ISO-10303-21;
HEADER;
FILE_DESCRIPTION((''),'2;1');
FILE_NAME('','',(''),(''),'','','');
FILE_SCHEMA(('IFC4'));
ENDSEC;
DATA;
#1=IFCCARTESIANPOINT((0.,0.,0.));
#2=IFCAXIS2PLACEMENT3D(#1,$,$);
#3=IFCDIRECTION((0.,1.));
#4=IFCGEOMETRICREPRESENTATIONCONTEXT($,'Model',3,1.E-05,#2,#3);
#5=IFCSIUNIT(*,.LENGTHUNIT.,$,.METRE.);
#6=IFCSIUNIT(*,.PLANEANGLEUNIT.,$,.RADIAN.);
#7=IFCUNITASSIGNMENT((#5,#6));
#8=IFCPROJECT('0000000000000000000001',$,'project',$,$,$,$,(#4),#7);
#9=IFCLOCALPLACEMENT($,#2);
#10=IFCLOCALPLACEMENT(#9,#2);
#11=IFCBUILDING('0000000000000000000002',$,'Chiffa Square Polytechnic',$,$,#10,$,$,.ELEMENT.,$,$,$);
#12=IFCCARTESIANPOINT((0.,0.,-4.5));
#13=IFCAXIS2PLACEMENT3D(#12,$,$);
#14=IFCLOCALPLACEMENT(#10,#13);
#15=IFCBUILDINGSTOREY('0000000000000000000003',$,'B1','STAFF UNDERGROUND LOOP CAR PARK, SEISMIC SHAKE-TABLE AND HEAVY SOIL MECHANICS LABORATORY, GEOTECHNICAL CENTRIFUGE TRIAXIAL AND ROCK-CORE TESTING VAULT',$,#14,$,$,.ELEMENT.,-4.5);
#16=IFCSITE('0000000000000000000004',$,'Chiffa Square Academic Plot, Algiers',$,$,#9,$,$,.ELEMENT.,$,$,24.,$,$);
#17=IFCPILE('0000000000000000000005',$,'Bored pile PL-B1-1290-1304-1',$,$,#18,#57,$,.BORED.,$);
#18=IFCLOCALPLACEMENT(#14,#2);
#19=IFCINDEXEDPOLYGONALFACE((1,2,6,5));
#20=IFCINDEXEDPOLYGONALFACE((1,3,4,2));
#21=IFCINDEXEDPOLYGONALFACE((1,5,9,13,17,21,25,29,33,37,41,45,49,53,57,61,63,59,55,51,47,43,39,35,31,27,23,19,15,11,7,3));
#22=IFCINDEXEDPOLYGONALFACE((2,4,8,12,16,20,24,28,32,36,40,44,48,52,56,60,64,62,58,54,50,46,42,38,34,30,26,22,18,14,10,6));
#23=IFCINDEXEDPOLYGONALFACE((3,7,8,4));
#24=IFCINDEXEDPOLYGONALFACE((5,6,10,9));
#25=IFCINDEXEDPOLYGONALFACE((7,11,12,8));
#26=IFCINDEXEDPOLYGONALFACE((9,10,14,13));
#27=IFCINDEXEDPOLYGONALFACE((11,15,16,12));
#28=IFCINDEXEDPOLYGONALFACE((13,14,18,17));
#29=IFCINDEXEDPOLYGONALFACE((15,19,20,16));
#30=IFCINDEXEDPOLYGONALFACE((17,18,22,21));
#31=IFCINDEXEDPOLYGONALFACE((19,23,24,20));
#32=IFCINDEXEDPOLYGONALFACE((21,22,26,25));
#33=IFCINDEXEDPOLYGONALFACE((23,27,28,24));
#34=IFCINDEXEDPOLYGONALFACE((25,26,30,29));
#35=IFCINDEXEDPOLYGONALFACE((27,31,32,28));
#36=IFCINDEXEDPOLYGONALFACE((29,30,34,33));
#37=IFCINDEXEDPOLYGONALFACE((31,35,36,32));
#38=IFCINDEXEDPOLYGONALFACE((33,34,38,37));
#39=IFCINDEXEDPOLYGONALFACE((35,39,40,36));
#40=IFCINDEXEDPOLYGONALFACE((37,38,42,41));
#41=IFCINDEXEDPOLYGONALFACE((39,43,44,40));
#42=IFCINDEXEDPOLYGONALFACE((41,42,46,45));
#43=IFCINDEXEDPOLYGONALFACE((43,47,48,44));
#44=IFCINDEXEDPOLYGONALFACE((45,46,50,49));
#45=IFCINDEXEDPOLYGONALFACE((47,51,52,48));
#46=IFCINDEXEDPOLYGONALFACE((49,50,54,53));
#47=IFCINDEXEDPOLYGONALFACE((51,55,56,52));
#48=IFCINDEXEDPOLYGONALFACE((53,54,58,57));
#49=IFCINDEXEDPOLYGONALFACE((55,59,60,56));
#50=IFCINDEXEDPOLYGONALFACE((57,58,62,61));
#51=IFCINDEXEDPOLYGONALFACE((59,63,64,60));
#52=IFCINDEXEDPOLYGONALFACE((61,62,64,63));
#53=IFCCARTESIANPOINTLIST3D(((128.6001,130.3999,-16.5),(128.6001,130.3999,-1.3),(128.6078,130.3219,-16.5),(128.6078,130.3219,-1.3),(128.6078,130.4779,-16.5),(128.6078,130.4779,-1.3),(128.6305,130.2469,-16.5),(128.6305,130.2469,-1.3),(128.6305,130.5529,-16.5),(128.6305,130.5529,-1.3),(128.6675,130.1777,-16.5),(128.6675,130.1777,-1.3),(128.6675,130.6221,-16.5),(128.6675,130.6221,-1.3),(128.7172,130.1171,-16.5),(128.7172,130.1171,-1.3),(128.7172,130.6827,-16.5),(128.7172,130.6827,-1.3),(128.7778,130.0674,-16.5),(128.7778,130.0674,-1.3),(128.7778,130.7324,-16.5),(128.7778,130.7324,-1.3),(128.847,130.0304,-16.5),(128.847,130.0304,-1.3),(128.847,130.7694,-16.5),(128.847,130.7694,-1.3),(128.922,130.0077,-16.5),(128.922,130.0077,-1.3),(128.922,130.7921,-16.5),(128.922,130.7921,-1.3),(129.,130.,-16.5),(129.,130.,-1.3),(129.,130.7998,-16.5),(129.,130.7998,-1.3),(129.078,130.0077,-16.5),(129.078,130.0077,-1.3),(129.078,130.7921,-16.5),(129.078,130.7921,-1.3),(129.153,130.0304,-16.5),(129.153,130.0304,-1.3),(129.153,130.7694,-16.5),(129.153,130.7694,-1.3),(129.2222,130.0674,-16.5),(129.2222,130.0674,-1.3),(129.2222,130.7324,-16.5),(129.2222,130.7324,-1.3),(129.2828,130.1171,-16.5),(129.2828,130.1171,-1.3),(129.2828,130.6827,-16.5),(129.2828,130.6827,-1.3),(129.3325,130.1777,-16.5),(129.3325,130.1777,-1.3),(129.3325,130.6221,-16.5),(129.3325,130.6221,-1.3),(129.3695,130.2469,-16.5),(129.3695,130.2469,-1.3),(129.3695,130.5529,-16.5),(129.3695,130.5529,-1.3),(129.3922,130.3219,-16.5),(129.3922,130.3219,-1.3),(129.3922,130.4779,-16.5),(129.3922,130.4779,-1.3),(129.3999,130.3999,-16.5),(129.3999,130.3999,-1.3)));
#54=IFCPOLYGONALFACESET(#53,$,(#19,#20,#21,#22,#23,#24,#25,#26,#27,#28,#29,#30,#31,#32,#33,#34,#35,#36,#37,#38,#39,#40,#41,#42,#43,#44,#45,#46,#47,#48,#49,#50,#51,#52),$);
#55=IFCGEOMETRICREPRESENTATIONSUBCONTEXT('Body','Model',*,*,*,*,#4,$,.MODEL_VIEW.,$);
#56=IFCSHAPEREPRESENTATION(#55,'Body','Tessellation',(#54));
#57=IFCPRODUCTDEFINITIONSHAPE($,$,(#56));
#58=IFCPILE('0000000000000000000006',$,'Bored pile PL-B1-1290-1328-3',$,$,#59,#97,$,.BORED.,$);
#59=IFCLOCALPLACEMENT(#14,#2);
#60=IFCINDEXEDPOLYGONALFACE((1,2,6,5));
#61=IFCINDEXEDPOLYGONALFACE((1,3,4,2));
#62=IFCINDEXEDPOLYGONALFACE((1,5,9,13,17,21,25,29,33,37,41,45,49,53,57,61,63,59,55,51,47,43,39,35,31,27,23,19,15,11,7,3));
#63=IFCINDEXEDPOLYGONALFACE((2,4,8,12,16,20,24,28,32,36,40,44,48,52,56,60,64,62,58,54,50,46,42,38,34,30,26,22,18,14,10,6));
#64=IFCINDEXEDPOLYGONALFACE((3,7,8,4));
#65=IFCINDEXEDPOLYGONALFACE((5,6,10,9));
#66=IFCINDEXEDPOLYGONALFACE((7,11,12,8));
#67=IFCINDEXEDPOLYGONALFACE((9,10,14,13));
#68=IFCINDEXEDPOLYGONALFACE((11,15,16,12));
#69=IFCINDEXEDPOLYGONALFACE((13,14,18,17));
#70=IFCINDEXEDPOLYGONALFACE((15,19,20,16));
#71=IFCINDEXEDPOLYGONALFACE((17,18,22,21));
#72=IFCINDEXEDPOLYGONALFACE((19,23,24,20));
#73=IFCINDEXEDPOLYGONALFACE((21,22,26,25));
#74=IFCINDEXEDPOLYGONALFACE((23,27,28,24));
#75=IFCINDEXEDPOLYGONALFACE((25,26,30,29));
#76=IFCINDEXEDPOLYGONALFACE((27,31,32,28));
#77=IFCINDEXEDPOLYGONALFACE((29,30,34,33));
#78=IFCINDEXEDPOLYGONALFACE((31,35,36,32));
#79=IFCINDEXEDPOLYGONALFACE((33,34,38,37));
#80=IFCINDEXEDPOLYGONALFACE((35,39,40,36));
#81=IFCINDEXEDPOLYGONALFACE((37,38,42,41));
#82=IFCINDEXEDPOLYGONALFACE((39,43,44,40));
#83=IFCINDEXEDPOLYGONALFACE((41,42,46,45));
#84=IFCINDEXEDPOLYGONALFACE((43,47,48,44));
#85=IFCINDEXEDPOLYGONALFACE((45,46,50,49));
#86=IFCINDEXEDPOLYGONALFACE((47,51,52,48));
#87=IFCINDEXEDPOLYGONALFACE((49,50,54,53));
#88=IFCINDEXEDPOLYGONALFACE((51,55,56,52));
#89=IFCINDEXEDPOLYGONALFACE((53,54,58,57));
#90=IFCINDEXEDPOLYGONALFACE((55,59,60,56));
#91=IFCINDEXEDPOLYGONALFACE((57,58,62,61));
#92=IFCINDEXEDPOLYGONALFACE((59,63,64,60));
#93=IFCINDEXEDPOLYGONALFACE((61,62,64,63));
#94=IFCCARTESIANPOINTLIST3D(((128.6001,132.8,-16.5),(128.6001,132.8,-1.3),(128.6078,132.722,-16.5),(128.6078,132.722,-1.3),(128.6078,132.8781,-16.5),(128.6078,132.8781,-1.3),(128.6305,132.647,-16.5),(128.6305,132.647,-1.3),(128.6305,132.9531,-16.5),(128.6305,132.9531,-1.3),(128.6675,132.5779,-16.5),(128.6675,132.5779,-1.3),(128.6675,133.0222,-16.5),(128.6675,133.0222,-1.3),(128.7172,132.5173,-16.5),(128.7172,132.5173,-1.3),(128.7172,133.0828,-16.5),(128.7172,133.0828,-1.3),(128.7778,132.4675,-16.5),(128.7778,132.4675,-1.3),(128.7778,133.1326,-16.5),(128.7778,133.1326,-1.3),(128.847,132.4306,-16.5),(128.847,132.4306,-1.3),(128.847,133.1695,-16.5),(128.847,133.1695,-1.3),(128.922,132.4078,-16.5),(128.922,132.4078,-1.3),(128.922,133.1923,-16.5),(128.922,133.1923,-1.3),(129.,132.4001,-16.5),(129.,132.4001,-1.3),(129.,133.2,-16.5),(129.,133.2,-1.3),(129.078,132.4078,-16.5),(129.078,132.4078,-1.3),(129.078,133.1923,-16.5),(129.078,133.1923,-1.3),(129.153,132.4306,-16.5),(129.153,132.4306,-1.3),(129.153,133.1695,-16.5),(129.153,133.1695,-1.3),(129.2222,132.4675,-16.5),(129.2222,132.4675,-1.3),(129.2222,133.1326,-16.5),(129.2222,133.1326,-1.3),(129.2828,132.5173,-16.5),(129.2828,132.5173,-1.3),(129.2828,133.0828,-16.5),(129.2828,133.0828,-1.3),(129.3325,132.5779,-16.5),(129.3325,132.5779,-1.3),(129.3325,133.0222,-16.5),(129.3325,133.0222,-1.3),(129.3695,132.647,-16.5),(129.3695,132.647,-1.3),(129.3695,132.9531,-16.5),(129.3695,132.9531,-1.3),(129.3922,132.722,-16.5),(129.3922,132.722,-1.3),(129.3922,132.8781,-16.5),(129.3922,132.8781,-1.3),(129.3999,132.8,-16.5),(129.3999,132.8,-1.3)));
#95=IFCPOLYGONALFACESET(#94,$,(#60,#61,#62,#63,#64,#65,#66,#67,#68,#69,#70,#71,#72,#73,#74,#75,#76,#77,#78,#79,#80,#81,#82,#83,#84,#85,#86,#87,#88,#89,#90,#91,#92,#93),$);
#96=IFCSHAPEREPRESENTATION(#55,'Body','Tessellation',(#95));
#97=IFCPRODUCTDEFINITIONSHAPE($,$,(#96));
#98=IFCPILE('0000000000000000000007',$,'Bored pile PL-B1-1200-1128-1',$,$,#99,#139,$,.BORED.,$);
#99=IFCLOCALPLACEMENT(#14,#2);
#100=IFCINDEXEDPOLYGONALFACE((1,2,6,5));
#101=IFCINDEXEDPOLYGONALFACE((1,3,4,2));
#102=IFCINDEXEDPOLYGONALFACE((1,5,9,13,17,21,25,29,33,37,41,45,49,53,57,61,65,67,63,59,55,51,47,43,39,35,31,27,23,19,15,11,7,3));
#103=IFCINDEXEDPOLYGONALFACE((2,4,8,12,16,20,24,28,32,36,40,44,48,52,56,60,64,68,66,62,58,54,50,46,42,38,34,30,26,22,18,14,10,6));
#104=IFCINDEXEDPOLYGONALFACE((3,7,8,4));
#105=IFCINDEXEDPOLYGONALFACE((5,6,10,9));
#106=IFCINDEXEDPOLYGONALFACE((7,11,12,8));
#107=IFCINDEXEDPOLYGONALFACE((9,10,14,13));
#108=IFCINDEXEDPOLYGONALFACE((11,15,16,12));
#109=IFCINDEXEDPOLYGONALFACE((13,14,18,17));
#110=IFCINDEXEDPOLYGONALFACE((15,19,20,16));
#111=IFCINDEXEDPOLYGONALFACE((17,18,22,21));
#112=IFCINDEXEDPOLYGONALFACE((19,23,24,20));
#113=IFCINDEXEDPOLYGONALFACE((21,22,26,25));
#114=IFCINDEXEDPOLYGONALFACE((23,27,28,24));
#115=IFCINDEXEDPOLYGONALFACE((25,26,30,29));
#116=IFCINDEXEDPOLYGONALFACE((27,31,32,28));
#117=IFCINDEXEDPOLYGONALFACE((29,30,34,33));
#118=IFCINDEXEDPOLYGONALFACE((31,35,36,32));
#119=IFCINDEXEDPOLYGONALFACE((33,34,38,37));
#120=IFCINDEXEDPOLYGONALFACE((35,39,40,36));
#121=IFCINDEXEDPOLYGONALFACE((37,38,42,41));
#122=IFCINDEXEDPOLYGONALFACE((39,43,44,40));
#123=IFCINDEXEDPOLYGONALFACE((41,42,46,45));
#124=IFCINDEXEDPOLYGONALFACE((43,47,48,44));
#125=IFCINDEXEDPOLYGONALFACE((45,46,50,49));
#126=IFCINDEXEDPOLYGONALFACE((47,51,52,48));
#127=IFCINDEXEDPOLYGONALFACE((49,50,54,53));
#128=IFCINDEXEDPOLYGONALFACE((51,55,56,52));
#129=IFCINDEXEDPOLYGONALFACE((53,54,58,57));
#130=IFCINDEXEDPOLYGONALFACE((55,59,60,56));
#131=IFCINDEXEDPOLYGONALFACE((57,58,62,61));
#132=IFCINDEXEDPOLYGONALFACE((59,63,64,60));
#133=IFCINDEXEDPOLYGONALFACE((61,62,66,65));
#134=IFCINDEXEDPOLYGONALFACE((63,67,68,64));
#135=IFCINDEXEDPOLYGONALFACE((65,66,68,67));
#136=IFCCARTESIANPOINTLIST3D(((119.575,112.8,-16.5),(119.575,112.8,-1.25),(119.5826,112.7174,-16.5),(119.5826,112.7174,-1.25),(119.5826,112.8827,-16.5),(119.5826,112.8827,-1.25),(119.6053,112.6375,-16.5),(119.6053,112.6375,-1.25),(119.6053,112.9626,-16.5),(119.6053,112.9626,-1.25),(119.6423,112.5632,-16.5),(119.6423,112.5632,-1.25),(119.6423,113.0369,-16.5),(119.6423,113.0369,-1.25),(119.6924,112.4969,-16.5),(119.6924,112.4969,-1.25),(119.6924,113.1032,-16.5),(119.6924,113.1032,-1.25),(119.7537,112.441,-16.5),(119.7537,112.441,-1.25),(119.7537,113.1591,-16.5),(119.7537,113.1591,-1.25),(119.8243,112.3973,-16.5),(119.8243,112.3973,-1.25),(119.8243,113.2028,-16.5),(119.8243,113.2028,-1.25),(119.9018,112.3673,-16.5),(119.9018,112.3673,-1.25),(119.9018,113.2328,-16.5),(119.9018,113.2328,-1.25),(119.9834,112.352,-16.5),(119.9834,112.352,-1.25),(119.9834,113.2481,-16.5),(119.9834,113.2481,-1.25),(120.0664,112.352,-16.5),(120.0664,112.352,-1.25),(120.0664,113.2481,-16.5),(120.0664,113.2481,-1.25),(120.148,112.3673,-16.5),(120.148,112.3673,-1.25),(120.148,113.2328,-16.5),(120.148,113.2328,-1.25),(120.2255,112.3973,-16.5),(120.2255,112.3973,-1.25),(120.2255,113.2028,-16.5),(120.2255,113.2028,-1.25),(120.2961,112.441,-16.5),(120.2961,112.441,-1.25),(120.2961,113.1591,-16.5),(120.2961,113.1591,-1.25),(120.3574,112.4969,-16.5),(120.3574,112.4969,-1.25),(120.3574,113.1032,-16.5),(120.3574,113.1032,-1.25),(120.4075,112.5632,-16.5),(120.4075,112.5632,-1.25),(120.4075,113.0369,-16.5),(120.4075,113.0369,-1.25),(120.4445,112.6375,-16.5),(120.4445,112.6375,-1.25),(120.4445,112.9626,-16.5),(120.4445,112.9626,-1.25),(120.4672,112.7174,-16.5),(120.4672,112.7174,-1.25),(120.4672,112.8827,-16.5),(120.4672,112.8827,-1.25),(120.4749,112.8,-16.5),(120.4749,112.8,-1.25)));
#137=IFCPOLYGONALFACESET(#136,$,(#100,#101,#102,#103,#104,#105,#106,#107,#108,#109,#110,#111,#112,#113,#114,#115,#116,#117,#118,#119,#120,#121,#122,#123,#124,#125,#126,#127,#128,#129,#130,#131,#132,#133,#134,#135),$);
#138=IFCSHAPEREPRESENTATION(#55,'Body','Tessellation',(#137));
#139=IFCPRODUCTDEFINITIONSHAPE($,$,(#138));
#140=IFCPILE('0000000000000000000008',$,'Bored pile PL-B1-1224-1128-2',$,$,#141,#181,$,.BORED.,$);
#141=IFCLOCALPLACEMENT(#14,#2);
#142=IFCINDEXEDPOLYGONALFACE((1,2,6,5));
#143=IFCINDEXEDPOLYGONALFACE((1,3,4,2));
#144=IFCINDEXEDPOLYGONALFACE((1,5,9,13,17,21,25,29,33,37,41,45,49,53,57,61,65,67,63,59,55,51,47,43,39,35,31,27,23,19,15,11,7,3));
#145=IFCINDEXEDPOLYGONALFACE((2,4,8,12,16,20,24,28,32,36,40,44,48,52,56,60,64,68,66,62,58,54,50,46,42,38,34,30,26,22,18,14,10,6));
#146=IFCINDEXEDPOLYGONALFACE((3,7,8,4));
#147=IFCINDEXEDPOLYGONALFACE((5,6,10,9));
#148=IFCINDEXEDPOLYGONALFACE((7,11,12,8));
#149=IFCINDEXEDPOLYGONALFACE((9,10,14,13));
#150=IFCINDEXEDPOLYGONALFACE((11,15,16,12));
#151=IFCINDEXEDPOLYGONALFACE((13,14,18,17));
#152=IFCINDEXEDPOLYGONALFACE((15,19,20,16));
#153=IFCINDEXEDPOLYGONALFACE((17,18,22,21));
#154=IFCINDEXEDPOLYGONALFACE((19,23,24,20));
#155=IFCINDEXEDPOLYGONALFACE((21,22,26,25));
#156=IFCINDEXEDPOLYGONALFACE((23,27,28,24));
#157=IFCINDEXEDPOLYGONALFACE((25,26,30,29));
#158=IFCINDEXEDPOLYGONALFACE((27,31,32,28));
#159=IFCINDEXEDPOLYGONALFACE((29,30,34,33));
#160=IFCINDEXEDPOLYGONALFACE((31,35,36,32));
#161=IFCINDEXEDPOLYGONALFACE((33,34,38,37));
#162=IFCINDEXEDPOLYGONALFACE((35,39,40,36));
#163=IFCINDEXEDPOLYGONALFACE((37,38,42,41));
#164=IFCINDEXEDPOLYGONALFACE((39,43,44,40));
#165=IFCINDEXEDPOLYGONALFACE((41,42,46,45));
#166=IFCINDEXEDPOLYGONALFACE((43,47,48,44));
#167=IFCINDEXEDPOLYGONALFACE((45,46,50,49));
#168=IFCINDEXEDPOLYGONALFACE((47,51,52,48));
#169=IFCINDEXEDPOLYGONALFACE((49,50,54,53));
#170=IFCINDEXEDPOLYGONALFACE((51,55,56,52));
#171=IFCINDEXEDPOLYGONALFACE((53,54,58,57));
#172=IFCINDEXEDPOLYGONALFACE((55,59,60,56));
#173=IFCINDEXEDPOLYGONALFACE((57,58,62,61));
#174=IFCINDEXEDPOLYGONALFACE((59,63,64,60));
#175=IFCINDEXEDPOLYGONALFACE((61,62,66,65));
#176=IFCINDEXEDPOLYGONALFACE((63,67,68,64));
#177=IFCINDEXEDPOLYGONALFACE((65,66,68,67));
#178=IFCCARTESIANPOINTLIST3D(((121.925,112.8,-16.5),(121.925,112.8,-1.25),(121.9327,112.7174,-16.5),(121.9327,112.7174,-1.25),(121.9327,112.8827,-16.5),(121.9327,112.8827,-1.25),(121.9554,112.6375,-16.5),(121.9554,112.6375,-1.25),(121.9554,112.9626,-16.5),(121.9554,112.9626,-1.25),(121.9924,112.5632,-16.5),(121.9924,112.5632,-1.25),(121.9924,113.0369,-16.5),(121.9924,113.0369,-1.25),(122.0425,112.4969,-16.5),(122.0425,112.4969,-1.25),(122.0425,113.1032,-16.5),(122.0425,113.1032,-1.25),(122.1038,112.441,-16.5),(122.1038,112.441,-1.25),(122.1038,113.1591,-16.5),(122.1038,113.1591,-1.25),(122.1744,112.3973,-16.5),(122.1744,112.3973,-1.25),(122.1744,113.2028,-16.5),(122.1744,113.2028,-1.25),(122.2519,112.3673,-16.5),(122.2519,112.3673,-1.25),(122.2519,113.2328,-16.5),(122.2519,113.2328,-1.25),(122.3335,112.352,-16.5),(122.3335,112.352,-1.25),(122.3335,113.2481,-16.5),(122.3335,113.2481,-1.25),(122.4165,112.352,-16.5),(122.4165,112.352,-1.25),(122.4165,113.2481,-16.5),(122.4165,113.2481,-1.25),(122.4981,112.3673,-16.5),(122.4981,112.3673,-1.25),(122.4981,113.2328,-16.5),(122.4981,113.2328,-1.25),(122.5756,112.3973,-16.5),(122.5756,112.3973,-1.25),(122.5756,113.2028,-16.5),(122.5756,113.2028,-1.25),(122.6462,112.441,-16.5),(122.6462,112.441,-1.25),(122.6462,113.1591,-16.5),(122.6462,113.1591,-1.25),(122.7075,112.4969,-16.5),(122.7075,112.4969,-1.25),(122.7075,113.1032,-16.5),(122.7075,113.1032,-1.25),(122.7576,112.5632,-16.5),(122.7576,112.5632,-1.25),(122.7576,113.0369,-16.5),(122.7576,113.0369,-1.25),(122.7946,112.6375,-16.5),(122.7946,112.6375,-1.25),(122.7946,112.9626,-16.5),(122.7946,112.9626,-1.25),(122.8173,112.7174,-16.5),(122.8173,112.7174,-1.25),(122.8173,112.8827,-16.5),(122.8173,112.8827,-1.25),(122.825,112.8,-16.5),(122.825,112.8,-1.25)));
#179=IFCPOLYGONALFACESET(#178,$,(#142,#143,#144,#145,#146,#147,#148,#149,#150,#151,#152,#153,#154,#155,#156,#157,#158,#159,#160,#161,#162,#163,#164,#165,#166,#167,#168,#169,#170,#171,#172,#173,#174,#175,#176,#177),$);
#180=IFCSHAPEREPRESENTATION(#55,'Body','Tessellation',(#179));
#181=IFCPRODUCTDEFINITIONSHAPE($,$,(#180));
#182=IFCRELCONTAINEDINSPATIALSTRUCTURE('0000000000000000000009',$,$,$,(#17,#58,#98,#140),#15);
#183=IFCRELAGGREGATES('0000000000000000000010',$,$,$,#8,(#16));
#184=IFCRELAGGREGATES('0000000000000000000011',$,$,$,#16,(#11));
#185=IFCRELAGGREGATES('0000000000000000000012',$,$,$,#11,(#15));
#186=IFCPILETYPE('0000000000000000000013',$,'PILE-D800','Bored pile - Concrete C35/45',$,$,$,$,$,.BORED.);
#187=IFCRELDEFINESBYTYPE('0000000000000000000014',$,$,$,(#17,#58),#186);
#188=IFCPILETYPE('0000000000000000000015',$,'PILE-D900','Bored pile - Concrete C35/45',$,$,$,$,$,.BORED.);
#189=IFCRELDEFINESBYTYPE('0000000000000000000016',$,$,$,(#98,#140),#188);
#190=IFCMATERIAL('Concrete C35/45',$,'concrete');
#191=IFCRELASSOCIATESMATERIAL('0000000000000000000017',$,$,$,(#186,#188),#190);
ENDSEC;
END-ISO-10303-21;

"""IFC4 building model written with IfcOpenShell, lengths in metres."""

from ifc_helpers import new_model, si_unit, direction, frame, origin, origin_2d, place, context, subcontext, project, spatial, circle, extrude, material, material_profile, profile_set, type_object, element, save


model = new_model("IFC4")

# Units and contexts
model_context = context("Model", 3, precision=1e-05, world=origin(), true_north=direction((0.0, 1.0)))
body_context = subcontext(model_context, "Body", "Model", "MODEL_VIEW")
ifc_project = project(units=[si_unit("LENGTHUNIT", "METRE"), si_unit("PLANEANGLEUNIT", "RADIAN")], contexts=[model_context])

# Site, building, storey
site_placement = place(None, origin())
site = spatial("IfcSite", under=ifc_project, at=site_placement, Name="Chiffa Square Academic Plot, Algiers", CompositionType="ELEMENT", RefElevation=24.0)
building_placement = place(site_placement, origin())
building = spatial("IfcBuilding", under=site, at=building_placement, Name="Chiffa Square Polytechnic", CompositionType="ELEMENT")
storey_placement = place(building_placement, frame((0.0, 0.0, -4.5)))
storey = spatial("IfcBuildingStorey", under=building, at=storey_placement, Name="B1", Description="STAFF UNDERGROUND LOOP CAR PARK, SEISMIC SHAKE-TABLE AND HEAVY SOIL MECHANICS LABORATORY, GEOTECHNICAL CENTRIFUGE TRIAXIAL AND ROCK-CORE TESTING VAULT", CompositionType="ELEMENT", Elevation=-4.5)

# Shared definitions
ifc_material_1 = material(Name="Concrete C35/45", Category="concrete")

# Piles
ifc_material_profile_1 = material_profile(ifc_material_1, circle(Radius=0.3999, at=origin_2d()), Name="PILE D800")
ifc_profile_set_1 = profile_set([ifc_material_profile_1], Name="Concrete C35/45")
pile_type_1 = type_object("IfcPileType", Name="PILE-D800", Description="Bored pile - Concrete C35/45", PredefinedType="BORED", material=ifc_profile_set_1)
for number, where, z_axis, x_axis, name in (
    (1, (129.0, 130.3999, -1.3), (0.0, 0.0, -1.0), (1.0, 0.0, 0.0), "Bored pile PL-B1-1290-1304-1"),
    (2, (129.0, 132.8, -1.3), (0.0, 0.0, -1.0), (1.0, 0.0, 0.0), "Bored pile PL-B1-1290-1328-3"),
):
    element("IfcPile", number, at=place(storey_placement, frame(where, z_axis=z_axis, x_axis=x_axis)), inside=storey, type_object=pile_type_1, Name=name, PredefinedType="BORED", context=body_context, shape_type="SweptSolid", body=[
        extrude(circle(Radius=0.3999, at=origin_2d()), origin(), (0.0, 0.0, 1.0), 15.2),
    ])
ifc_material_profile_2 = material_profile(ifc_material_1, circle(Radius=0.45, at=origin_2d()), Name="PILE D900")
ifc_profile_set_2 = profile_set([ifc_material_profile_2], Name="Concrete C35/45")
pile_type_2 = type_object("IfcPileType", Name="PILE-D900", Description="Bored pile - Concrete C35/45", PredefinedType="BORED", material=ifc_profile_set_2)
for number, where, z_axis, x_axis, name in (
    (3, (120.0249, 112.8, -1.25), (0.0, 0.0, -1.0), (1.0, 0.0, 0.0), "Bored pile PL-B1-1200-1128-1"),
    (4, (122.375, 112.8, -1.25), (0.0, 0.0, -1.0), (1.0, 0.0, 0.0), "Bored pile PL-B1-1224-1128-2"),
):
    element("IfcPile", number, at=place(storey_placement, frame(where, z_axis=z_axis, x_axis=x_axis)), inside=storey, type_object=pile_type_2, Name=name, PredefinedType="BORED", context=body_context, shape_type="SweptSolid", body=[
        extrude(circle(Radius=0.45, at=origin_2d()), origin(), (0.0, 0.0, 1.0), 15.25),
    ])

save(model, "model.ifc")
